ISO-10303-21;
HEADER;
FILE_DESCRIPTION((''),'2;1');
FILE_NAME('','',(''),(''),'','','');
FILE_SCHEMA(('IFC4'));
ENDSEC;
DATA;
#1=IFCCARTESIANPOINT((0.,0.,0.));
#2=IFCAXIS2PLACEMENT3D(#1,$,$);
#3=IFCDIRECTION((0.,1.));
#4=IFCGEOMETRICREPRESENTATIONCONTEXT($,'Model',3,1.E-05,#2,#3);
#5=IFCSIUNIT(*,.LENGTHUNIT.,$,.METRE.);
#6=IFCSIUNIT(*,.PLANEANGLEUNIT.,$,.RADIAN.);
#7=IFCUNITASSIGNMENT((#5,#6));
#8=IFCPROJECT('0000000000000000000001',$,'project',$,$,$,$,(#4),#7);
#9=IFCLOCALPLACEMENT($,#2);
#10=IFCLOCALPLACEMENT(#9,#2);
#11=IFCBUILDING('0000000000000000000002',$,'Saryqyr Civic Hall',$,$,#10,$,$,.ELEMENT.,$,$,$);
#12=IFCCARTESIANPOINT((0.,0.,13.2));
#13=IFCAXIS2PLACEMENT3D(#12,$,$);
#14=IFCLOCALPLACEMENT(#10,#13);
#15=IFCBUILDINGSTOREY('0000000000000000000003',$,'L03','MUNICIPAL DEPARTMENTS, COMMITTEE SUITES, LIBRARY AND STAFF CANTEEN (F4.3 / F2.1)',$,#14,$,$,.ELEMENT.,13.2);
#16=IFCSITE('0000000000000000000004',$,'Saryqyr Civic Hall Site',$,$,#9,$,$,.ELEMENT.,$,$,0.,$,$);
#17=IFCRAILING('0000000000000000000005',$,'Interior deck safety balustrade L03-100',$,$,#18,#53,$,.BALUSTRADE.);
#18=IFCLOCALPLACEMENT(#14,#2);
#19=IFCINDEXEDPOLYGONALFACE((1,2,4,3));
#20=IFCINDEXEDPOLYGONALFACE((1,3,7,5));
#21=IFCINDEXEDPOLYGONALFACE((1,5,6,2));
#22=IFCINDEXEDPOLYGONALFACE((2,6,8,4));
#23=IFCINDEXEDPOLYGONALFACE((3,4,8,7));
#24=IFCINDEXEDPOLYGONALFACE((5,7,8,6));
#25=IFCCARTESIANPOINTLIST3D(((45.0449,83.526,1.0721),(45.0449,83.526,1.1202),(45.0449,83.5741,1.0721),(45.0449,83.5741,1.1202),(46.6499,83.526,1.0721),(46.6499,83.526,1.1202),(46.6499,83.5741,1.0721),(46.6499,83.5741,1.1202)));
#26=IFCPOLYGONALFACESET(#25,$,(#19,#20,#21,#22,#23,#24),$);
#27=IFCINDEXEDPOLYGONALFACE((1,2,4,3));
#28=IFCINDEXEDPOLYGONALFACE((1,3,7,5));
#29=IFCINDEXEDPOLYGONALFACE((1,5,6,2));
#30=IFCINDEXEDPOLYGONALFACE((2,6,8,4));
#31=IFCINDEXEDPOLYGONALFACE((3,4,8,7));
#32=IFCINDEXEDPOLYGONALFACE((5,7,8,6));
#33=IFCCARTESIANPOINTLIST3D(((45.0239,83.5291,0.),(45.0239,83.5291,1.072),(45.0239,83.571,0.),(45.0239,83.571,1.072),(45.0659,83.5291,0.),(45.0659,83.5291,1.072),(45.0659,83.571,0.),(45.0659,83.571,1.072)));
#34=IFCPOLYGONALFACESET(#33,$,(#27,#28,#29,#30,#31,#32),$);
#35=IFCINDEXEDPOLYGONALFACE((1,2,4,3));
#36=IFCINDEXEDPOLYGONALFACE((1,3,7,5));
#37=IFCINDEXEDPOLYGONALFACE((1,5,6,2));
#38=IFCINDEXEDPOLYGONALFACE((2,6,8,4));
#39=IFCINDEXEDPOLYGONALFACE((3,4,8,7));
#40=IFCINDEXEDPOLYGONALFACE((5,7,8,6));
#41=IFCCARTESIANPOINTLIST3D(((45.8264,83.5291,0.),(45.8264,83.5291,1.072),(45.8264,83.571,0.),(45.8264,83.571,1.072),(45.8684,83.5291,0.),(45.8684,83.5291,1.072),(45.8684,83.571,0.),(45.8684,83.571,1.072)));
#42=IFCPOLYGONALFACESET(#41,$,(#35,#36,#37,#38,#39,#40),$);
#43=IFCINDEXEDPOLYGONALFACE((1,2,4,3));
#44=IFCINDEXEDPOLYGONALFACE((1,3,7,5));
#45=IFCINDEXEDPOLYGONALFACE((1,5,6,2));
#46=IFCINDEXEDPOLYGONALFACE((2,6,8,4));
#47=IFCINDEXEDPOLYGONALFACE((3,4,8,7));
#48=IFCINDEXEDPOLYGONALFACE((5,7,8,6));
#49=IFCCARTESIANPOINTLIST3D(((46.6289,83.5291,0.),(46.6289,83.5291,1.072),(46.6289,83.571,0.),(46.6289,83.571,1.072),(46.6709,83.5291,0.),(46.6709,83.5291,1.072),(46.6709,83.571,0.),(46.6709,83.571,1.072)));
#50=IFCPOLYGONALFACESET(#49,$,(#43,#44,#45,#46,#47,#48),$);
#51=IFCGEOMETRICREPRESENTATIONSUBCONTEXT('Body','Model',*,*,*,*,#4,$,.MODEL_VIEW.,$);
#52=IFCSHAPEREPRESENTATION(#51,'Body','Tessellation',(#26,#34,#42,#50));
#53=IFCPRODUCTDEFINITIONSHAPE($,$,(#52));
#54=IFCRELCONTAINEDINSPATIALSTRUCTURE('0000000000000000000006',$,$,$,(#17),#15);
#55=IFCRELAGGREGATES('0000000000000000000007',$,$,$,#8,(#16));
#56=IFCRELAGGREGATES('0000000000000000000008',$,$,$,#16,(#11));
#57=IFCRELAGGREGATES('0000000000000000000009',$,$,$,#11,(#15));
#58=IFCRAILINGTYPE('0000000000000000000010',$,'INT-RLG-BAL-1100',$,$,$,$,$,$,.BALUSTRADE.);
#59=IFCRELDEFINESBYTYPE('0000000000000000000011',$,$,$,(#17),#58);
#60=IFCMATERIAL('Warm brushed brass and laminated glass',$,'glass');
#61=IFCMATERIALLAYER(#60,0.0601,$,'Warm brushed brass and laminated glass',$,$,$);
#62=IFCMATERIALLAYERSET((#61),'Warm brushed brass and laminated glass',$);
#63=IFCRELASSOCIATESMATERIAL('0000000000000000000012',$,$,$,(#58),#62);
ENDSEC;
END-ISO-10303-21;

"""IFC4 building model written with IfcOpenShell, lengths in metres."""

from ifc_helpers import new_model, si_unit, direction, frame, origin, origin_2d, place, context, subcontext, project, spatial, rectangle, extrude, material, layer, layer_set, type_object, element, save


model = new_model("IFC4")

# Units and contexts
model_context = context("Model", 3, precision=1e-05, world=origin(), true_north=direction((0.0, 1.0)))
body_context = subcontext(model_context, "Body", "Model", "MODEL_VIEW")
ifc_project = project(units=[si_unit("LENGTHUNIT", "METRE"), si_unit("PLANEANGLEUNIT", "RADIAN")], contexts=[model_context])

# Site, building, storey
site_placement = place(None, origin())
site = spatial("IfcSite", under=ifc_project, at=site_placement, Name="Saryqyr Civic Hall Site", CompositionType="ELEMENT", RefElevation=0.0)
building_placement = place(site_placement, origin())
building = spatial("IfcBuilding", under=site, at=building_placement, Name="Saryqyr Civic Hall", CompositionType="ELEMENT")
storey_placement = place(building_placement, frame((0.0, 0.0, 13.2)))
storey = spatial("IfcBuildingStorey", under=building, at=storey_placement, Name="L03", Description="MUNICIPAL DEPARTMENTS, COMMITTEE SUITES, LIBRARY AND STAFF CANTEEN (F4.3 / F2.1)", CompositionType="ELEMENT", Elevation=13.2)

# Railing
ifc_material_1 = material(Name="Warm brushed brass and laminated glass", Category="glass")
ifc_layer_1 = layer(ifc_material_1, 0.0601, Name="Warm brushed brass and laminated glass")
ifc_layer_set_1 = layer_set([ifc_layer_1], Name="Warm brushed brass and laminated glass")
railing_type = type_object("IfcRailingType", Name="INT-RLG-BAL-1100", PredefinedType="BALUSTRADE", material=ifc_layer_set_1)
railing_placement = place(storey_placement, frame((45.0449, 83.55, 0.0)))
element("IfcRailing", 1, at=railing_placement, inside=storey, type_object=railing_type, Name="Interior deck safety balustrade L03-100", PredefinedType="BALUSTRADE", context=body_context, shape_type="SweptSolid", body=[
    extrude(rectangle(XDim=0.0481, YDim=0.0481, at=origin_2d()), frame((0.0, 0.0, 1.0962), z_axis=(1.0, 0.0, 0.0), x_axis=(0.0, 1.0, 0.0)), (0.0, 0.0, 1.0), 1.605),
    extrude(rectangle(XDim=0.042, YDim=0.042, at=origin_2d()), origin(), (0.0, 0.0, 1.0), 1.072),
    extrude(rectangle(XDim=0.042, YDim=0.042, at=origin_2d()), frame((0.8025, 0.0, 0.0)), (0.0, 0.0, 1.0), 1.072),
    extrude(rectangle(XDim=0.042, YDim=0.042, at=origin_2d()), frame((1.605, 0.0, 0.0)), (0.0, 0.0, 1.0), 1.072),
])

save(model, "model.ifc")
